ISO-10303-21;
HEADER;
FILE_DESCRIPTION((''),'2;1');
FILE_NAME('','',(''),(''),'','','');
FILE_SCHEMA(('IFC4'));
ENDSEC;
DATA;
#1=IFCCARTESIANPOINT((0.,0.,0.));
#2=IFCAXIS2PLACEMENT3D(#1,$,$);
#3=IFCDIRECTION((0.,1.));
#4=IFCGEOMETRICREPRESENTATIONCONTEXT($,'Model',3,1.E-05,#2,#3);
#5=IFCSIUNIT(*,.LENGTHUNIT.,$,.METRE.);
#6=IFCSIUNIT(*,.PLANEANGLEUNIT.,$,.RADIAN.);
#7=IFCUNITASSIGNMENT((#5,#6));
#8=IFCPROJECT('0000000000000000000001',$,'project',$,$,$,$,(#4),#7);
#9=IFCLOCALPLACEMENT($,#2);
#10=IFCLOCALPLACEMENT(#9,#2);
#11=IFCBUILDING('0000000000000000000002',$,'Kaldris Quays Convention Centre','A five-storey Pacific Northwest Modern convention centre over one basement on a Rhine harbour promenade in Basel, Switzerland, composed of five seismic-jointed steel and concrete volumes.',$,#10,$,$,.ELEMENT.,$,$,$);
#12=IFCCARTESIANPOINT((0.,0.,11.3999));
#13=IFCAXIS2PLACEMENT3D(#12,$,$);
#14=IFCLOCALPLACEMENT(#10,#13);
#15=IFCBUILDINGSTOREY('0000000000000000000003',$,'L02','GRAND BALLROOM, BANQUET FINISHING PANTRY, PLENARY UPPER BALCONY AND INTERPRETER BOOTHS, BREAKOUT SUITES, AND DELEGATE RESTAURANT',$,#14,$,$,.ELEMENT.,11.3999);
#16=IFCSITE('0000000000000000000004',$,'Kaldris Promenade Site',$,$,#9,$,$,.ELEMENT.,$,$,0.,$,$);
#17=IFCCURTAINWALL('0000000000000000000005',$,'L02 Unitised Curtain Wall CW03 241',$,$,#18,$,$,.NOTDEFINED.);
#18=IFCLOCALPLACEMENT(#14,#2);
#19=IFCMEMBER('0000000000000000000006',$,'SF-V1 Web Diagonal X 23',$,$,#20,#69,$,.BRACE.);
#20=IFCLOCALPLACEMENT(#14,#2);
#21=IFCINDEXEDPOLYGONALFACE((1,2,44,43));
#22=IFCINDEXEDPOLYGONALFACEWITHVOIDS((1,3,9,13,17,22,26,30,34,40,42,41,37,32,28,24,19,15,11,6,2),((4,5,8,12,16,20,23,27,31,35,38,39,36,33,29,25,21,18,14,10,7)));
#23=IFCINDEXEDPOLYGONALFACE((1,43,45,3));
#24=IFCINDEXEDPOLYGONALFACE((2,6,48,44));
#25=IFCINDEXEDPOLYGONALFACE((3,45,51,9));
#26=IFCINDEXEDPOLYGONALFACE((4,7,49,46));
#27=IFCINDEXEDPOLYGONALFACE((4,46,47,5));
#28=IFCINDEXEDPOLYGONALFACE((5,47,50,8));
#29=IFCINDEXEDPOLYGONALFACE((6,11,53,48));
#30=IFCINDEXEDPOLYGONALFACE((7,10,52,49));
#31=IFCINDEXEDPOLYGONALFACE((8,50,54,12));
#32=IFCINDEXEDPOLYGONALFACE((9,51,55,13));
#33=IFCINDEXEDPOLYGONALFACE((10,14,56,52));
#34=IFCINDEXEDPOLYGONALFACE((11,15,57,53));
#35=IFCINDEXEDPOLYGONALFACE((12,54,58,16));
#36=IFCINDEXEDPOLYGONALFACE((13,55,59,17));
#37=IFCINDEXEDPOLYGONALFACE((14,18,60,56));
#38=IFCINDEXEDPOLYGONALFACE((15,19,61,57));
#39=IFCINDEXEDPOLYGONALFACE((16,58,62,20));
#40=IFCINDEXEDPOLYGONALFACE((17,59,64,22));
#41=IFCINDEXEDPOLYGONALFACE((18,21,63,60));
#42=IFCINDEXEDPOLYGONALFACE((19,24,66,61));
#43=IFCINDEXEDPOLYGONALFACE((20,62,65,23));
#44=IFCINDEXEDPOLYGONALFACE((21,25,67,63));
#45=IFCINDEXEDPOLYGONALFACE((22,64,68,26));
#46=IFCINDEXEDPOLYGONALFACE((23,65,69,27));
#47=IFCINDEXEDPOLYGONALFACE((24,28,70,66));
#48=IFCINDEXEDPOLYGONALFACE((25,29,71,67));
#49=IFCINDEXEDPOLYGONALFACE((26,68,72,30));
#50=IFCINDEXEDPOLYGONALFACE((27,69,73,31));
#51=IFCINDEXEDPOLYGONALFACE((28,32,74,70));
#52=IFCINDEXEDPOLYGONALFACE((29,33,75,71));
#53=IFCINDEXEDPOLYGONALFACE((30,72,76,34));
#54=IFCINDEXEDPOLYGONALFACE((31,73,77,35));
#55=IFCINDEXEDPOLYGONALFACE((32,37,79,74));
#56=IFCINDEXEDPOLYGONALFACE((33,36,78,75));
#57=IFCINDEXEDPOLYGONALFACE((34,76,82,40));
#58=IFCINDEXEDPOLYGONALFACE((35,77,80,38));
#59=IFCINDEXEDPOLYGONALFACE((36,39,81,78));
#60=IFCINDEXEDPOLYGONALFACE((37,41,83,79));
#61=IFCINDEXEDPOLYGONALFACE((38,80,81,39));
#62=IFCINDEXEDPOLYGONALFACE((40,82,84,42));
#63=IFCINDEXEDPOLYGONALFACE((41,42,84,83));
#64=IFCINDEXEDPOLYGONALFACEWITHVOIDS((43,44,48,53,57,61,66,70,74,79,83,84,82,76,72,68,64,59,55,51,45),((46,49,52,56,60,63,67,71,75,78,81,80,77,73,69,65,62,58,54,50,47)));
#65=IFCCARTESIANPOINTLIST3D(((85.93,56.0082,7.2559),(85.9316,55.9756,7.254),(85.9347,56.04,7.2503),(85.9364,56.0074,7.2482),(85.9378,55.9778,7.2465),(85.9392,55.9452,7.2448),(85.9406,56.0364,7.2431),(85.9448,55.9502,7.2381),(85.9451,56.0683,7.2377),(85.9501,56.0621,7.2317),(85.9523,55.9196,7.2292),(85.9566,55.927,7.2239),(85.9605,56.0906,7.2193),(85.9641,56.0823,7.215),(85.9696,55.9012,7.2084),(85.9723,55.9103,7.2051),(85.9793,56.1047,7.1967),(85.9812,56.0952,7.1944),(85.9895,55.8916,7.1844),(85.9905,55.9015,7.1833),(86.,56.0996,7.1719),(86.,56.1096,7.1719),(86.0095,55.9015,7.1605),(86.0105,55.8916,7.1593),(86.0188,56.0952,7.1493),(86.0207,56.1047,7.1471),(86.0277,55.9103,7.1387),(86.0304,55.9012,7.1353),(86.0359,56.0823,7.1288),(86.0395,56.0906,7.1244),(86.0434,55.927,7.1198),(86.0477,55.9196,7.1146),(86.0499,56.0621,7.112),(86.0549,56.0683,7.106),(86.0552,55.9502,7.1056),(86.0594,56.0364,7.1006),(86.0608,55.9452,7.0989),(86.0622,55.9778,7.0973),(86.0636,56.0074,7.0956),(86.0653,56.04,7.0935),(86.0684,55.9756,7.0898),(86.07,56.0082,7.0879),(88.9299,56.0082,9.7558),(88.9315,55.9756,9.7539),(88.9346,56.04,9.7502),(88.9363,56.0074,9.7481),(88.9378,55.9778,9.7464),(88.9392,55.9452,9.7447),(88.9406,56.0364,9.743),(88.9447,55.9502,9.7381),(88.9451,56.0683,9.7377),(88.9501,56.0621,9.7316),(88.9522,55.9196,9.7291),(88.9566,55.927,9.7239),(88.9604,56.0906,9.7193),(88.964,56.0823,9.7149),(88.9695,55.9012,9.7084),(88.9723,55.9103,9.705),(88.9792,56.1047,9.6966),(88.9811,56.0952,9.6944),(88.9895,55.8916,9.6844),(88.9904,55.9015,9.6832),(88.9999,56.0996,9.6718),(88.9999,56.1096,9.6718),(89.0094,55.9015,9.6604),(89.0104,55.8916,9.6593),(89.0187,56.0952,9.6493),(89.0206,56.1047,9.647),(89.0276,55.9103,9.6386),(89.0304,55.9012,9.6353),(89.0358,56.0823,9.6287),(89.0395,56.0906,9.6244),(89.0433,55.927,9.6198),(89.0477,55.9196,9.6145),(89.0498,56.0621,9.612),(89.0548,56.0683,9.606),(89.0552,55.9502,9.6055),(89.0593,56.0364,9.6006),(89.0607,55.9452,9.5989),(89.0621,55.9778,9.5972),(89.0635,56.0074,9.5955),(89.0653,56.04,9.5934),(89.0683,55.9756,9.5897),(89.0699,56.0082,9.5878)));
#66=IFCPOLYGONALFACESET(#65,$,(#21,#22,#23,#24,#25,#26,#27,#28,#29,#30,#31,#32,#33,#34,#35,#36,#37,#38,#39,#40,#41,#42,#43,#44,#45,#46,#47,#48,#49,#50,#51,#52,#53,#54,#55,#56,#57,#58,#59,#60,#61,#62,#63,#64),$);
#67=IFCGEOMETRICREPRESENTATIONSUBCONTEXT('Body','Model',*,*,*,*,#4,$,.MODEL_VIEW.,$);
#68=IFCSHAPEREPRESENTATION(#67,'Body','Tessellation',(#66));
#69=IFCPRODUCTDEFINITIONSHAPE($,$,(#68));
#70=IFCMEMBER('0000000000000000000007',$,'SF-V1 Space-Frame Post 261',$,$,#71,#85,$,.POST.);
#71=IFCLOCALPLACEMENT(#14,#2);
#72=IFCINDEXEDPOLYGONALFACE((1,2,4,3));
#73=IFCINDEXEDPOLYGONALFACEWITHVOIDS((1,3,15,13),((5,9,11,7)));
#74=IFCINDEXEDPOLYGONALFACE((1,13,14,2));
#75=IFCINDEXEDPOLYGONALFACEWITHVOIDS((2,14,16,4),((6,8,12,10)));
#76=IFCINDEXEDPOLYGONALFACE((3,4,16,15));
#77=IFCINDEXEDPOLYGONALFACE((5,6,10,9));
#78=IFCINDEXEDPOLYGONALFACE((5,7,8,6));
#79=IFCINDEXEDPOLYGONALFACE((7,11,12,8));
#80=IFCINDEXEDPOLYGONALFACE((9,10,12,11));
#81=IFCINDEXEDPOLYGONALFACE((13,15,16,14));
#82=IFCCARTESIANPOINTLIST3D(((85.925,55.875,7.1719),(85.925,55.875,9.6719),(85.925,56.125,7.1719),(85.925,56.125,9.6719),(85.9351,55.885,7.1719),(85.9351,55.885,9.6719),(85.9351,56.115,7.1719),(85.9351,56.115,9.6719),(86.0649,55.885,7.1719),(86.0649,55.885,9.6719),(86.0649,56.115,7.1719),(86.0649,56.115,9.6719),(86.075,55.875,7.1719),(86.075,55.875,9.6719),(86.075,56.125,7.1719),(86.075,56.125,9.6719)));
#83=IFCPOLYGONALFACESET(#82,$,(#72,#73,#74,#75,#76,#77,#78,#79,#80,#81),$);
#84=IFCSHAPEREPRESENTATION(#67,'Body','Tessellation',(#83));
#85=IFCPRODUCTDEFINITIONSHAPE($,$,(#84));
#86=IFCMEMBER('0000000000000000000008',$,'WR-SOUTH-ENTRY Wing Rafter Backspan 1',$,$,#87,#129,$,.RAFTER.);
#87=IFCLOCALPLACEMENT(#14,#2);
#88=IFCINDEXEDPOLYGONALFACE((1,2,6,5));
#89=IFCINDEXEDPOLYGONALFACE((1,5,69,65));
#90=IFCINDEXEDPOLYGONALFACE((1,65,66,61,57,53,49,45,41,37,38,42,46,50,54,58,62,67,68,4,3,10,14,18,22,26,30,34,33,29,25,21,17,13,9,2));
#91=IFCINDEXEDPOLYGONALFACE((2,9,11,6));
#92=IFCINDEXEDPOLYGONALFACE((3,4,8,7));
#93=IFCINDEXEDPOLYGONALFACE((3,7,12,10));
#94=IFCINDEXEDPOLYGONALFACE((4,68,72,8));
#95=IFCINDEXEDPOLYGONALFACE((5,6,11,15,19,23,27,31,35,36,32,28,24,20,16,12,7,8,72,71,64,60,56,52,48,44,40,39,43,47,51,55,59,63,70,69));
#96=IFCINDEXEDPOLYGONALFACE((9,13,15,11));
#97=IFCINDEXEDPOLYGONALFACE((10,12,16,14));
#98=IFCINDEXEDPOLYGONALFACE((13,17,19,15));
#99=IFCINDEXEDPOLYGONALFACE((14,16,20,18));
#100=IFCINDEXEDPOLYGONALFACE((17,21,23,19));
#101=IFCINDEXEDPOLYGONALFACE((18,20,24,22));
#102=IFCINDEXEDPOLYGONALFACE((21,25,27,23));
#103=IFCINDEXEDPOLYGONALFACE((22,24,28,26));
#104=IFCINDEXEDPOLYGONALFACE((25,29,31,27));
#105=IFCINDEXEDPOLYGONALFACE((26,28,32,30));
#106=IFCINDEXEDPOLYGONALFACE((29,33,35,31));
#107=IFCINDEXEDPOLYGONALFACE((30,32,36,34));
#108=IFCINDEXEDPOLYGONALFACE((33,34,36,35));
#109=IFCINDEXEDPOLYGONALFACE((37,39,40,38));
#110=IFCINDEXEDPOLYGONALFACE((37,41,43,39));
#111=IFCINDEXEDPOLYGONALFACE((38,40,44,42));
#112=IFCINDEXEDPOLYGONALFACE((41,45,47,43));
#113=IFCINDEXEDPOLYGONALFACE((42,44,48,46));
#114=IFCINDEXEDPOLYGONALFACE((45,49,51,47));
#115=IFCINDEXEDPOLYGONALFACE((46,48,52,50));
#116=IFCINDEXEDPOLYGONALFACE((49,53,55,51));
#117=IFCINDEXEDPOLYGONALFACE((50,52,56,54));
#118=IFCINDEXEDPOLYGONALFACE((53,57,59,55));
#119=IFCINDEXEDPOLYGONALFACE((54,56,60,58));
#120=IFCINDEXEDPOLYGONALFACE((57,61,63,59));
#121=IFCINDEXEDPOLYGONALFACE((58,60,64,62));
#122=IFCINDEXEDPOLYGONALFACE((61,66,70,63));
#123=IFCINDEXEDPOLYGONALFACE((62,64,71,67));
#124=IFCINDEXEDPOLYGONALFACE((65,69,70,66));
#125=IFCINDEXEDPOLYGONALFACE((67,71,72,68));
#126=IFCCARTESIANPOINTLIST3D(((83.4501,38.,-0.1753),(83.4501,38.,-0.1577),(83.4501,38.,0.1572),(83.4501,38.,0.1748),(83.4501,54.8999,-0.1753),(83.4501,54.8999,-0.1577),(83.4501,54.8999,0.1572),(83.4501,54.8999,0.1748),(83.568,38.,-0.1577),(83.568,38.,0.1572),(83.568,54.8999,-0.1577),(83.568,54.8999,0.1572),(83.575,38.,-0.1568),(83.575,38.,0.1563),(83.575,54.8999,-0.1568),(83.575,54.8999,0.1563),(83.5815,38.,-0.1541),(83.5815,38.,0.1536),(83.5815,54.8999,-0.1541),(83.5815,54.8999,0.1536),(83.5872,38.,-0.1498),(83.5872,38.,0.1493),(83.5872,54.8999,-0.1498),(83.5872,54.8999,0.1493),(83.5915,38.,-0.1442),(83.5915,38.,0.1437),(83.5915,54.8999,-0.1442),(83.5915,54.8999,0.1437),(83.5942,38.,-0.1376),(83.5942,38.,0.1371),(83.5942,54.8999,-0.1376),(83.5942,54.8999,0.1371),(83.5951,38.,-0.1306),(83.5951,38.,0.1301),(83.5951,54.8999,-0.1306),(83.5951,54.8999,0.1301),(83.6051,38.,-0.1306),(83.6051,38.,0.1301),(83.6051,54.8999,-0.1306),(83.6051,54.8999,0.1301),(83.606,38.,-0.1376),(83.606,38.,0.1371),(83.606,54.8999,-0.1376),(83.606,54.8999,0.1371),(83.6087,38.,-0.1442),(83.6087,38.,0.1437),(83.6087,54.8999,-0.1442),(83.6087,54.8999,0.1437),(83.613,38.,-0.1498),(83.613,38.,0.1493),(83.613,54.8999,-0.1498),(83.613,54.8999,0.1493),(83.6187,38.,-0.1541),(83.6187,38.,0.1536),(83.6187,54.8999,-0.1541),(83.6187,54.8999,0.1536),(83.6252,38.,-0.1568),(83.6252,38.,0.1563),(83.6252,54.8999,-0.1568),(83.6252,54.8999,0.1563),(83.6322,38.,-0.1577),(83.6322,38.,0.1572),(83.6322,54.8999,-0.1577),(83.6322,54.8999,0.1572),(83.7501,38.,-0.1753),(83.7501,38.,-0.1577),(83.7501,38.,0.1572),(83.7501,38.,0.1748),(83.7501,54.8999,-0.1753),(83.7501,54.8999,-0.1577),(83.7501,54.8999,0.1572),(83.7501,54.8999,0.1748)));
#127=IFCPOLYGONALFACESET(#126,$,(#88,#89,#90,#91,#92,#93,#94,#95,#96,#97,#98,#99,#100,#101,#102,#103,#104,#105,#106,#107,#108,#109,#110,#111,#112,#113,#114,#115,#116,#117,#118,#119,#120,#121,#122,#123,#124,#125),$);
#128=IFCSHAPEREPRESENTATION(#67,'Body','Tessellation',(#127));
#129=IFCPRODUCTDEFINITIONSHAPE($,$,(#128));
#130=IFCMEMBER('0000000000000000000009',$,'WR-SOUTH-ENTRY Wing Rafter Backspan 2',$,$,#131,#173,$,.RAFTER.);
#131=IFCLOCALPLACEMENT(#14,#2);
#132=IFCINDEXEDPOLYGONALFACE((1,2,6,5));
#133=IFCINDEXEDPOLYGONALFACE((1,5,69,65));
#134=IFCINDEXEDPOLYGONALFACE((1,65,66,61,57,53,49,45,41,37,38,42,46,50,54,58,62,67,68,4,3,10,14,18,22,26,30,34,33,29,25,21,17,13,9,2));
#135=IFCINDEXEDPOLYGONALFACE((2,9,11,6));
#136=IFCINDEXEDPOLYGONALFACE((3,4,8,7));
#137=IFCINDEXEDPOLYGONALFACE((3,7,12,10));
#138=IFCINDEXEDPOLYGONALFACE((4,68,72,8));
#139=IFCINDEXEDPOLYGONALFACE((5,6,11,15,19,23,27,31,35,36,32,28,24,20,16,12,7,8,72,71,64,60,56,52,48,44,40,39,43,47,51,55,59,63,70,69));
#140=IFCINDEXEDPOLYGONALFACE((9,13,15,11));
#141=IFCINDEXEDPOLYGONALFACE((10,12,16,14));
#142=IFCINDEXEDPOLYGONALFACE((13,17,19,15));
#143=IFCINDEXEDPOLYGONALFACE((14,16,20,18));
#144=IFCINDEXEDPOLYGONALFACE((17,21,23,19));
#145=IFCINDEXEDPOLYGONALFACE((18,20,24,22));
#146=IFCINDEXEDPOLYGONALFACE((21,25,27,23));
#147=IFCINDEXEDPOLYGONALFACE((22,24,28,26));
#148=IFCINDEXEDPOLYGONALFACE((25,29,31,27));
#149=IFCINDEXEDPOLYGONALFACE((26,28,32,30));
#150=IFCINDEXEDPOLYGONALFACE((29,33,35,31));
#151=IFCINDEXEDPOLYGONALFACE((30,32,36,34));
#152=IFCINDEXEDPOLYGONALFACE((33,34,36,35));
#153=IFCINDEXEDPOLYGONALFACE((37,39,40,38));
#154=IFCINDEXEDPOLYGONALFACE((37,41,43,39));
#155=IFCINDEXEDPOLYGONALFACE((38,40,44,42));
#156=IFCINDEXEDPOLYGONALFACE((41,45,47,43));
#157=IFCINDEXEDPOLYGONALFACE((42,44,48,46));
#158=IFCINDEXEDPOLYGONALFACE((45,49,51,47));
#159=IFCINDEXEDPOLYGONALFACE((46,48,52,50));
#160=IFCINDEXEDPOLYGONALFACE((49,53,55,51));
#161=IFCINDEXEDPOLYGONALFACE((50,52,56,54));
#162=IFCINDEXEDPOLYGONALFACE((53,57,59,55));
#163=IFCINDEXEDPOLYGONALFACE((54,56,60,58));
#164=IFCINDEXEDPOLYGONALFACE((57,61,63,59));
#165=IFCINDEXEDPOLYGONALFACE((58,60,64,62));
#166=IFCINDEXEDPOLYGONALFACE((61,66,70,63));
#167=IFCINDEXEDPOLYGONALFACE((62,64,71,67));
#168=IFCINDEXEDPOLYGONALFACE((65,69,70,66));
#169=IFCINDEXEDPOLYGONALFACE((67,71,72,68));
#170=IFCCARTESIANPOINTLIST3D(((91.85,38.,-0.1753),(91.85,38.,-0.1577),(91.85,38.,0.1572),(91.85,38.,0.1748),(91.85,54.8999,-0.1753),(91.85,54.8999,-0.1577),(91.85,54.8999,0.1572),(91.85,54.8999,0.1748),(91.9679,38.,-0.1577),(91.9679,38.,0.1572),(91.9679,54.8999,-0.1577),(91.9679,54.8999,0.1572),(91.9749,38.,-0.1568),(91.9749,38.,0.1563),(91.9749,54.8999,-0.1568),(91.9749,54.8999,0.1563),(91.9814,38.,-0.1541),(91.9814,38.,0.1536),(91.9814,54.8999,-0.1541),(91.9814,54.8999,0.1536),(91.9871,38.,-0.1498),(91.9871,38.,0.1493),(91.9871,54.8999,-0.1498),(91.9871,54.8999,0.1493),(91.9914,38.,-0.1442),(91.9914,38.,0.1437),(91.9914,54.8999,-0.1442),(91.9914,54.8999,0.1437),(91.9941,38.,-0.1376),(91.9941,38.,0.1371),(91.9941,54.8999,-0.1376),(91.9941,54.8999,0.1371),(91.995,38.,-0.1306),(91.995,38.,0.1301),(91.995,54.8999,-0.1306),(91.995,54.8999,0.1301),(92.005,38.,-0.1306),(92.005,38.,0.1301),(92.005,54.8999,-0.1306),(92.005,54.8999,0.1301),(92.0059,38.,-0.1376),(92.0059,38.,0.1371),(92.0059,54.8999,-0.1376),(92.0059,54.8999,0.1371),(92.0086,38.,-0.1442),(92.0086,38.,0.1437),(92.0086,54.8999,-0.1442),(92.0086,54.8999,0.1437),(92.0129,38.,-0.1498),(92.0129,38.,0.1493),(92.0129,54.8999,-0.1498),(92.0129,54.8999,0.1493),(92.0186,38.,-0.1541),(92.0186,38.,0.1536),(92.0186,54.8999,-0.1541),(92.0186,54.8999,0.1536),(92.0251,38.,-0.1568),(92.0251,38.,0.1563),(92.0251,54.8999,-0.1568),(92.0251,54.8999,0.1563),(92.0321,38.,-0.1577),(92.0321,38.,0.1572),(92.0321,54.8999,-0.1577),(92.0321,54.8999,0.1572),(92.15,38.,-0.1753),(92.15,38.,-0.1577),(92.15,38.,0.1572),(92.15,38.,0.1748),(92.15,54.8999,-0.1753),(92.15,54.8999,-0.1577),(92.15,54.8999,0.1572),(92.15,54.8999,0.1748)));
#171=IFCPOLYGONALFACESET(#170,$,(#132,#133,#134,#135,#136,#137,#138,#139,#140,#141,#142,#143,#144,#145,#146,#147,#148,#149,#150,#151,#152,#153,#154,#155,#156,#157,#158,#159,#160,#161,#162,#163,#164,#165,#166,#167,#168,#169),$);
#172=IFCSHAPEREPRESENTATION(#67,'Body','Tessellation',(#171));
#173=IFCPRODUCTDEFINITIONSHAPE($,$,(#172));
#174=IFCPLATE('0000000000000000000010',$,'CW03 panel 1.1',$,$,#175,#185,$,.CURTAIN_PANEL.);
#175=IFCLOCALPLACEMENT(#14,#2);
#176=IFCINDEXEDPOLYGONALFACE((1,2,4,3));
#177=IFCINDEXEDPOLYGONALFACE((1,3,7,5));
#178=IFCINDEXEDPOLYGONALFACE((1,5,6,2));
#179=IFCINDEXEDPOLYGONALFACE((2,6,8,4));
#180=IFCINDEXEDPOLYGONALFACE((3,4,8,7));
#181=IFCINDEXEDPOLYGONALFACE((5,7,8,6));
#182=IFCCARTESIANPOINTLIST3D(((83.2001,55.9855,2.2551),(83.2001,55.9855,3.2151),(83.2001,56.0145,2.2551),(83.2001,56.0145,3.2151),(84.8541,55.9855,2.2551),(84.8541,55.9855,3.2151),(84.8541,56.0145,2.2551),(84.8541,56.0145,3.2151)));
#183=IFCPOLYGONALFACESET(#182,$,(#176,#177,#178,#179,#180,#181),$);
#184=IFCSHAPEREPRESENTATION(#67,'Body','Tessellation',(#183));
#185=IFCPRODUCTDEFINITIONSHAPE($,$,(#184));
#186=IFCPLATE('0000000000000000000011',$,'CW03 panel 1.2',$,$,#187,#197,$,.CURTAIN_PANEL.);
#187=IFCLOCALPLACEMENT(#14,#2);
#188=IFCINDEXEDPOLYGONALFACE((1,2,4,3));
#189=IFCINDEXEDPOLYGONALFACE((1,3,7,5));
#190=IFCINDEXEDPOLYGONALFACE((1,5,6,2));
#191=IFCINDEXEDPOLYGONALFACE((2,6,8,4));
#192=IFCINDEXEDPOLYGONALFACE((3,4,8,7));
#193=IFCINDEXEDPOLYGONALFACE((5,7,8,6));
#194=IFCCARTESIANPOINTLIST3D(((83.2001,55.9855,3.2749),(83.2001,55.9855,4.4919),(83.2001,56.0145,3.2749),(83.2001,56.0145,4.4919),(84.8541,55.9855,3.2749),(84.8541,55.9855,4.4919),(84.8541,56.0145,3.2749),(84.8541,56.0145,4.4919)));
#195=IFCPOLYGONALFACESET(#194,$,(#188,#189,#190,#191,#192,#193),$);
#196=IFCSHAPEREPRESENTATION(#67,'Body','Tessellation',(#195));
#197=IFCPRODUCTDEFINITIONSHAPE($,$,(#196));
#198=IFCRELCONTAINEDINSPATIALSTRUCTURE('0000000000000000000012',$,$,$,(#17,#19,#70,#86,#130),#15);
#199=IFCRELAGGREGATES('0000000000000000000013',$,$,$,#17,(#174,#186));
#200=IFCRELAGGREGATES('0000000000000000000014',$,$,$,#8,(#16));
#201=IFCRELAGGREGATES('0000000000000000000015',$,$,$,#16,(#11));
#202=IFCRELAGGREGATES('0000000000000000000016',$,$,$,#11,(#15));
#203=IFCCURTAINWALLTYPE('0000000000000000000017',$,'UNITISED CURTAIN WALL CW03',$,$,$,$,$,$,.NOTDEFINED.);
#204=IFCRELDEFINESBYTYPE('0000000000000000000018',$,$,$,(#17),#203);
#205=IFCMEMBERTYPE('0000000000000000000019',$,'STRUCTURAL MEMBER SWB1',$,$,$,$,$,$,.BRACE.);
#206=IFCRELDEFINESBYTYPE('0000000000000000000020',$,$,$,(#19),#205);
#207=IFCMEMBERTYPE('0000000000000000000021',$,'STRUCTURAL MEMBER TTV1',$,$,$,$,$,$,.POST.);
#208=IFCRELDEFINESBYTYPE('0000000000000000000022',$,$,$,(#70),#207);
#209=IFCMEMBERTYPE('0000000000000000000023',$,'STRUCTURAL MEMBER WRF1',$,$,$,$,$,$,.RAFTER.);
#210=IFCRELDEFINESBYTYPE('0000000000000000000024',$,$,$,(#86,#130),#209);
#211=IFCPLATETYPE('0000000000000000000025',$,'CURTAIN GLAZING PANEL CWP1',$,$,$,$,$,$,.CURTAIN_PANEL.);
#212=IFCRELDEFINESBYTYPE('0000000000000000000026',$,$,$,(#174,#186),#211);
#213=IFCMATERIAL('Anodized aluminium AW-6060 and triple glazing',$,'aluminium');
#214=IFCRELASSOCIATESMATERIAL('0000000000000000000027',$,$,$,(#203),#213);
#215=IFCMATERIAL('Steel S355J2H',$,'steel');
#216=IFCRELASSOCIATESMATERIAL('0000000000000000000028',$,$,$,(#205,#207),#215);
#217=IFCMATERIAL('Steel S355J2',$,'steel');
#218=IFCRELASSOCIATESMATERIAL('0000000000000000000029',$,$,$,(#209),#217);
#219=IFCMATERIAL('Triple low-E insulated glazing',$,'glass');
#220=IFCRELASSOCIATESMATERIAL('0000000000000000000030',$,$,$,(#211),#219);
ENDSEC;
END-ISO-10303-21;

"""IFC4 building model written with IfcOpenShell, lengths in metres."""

from ifc_helpers import new_model, si_unit, direction, frame, origin, origin_2d, place, context, subcontext, project, spatial, rectangle, hollow_rectangle, hollow_circle, i_section, extrude, material, material_profile, profile_set, type_object, element, aggregate, save


model = new_model("IFC4")

# Units and contexts
model_context = context("Model", 3, precision=1e-05, world=origin(), true_north=direction((0.0, 1.0)))
body_context = subcontext(model_context, "Body", "Model", "MODEL_VIEW")
ifc_project = project(units=[si_unit("LENGTHUNIT", "METRE"), si_unit("PLANEANGLEUNIT", "RADIAN")], contexts=[model_context])

# Site, building, storey
site_placement = place(None, origin())
site = spatial("IfcSite", under=ifc_project, at=site_placement, Name="Kaldris Promenade Site", CompositionType="ELEMENT", RefElevation=0.0)
building_placement = place(site_placement, origin())
building = spatial("IfcBuilding", under=site, at=building_placement, Name="Kaldris Quays Convention Centre", Description="A five-storey Pacific Northwest Modern convention centre over one basement on a Rhine harbour promenade in Basel, Switzerland, composed of five seismic-jointed steel and concrete volumes.", CompositionType="ELEMENT")
storey_placement = place(building_placement, frame((0.0, 0.0, 11.3999)))
storey = spatial("IfcBuildingStorey", under=building, at=storey_placement, Name="L02", Description="GRAND BALLROOM, BANQUET FINISHING PANTRY, PLENARY UPPER BALCONY AND INTERPRETER BOOTHS, BREAKOUT SUITES, AND DELEGATE RESTAURANT", CompositionType="ELEMENT", Elevation=11.3999)

# Shared definitions
ifc_material_1 = material(Name="Steel S355J2", Category="steel")

# Curtain wall
ifc_material_2 = material(Name="Anodized aluminium AW-6060 and triple glazing", Category="aluminium")
curtain_wall_type = type_object("IfcCurtainWallType", Name="UNITISED CURTAIN WALL CW03", PredefinedType="NOTDEFINED", material=ifc_material_2)
curtain_wall_placement = place(storey_placement, origin())
curtain_wall = element("IfcCurtainWall", 1, at=curtain_wall_placement, inside=storey, type_object=curtain_wall_type, Name="L02 Unitised Curtain Wall CW03 241", PredefinedType="NOTDEFINED")

# Members
ifc_material_3 = material(Name="Steel S355J2H", Category="steel")
ifc_material_profile_1 = material_profile(ifc_material_3, hollow_circle(Radius=0.1096, WallThickness=0.01, at=origin_2d()), Name="CHS 219.1x10")
ifc_profile_set_1 = profile_set([ifc_material_profile_1], Name="Steel S355J2H")
member_type_1 = type_object("IfcMemberType", Name="STRUCTURAL MEMBER SWB1", PredefinedType="BRACE", material=ifc_profile_set_1)
for number, where, z_axis, x_axis, name in (
    (2, (86.0, 56.0, 7.1719), (0.768221, 0.0, 0.640184), (0.0, 1.0, 0.0), "SF-V1 Web Diagonal X 23"),
):
    element("IfcMember", number, at=place(storey_placement, frame(where, z_axis=z_axis, x_axis=x_axis)), inside=storey, type_object=member_type_1, Name=name, PredefinedType="BRACE", context=body_context, shape_type="SweptSolid", body=[
        extrude(hollow_circle(Radius=0.1096, WallThickness=0.01, at=origin_2d()), origin(), (0.0, 0.0, 1.0), 3.905),
    ])
ifc_material_profile_2 = material_profile(ifc_material_3, hollow_rectangle(XDim=0.1499, YDim=0.25, WallThickness=0.01, at=origin_2d()), Name="RHS 250x150x10")
ifc_profile_set_2 = profile_set([ifc_material_profile_2], Name="Steel S355J2H")
member_type_2 = type_object("IfcMemberType", Name="STRUCTURAL MEMBER TTV1", PredefinedType="POST", material=ifc_profile_set_2)
member_1_placement = place(storey_placement, frame((86.0, 56.0, 7.1719), z_axis=(0.0, 0.0, 1.0), x_axis=(1.0, 0.0, 0.0)))
element("IfcMember", 3, at=member_1_placement, inside=storey, type_object=member_type_2, Name="SF-V1 Space-Frame Post 261", PredefinedType="POST", context=body_context, shape_type="SweptSolid", body=[
    extrude(hollow_rectangle(XDim=0.1499, YDim=0.25, WallThickness=0.01, at=origin_2d()), origin(), (0.0, 0.0, 1.0), 2.5),
])
ifc_material_profile_3 = material_profile(ifc_material_1, i_section(OverallWidth=0.3, OverallDepth=0.3501, WebThickness=0.01, FlangeThickness=0.0176, FilletRadius=0.0271, at=origin_2d()), Name="HEA 360")
ifc_profile_set_3 = profile_set([ifc_material_profile_3], Name="Steel S355J2")
member_type_3 = type_object("IfcMemberType", Name="STRUCTURAL MEMBER WRF1", PredefinedType="RAFTER", material=ifc_profile_set_3)
for number, where, z_axis, x_axis, name in (
    (4, (83.6001, 54.8999, -0.0002), (0.0, -1.0, 0.0), (1.0, 0.0, 0.0), "WR-SOUTH-ENTRY Wing Rafter Backspan 1"),
    (5, (92.0, 54.8999, -0.0002), (0.0, -1.0, 0.0), (1.0, 0.0, 0.0), "WR-SOUTH-ENTRY Wing Rafter Backspan 2"),
):
    element("IfcMember", number, at=place(storey_placement, frame(where, z_axis=z_axis, x_axis=x_axis)), inside=storey, type_object=member_type_3, Name=name, PredefinedType="RAFTER", context=body_context, shape_type="SweptSolid", body=[
        extrude(i_section(OverallWidth=0.3, OverallDepth=0.3501, WebThickness=0.01, FlangeThickness=0.0176, FilletRadius=0.0271, at=origin_2d()), origin(), (0.0, 0.0, 1.0), 16.8999),
    ])

# Plates
ifc_material_4 = material(Name="Triple low-E insulated glazing", Category="glass")
plate_type = type_object("IfcPlateType", Name="CURTAIN GLAZING PANEL CWP1", PredefinedType="CURTAIN_PANEL", material=ifc_material_4)
plate_1_placement = place(storey_placement, frame((84.0271, 56.0, 2.2551), z_axis=(0.0, 0.0, 1.0), x_axis=(1.0, 0.0, 0.0)))
plate_1 = element("IfcPlate", 6, at=plate_1_placement, type_object=plate_type, Name="CW03 panel 1.1", PredefinedType="CURTAIN_PANEL", context=body_context, shape_type="SweptSolid", body=[
    extrude(rectangle(XDim=1.6541, YDim=0.0291, at=origin_2d()), origin(), (0.0, 0.0, 1.0), 0.96),
])
plate_2_placement = place(storey_placement, frame((84.0271, 56.0, 3.2749), z_axis=(0.0, 0.0, 1.0), x_axis=(1.0, 0.0, 0.0)))
plate_2 = element("IfcPlate", 7, at=plate_2_placement, type_object=plate_type, Name="CW03 panel 1.2", PredefinedType="CURTAIN_PANEL", context=body_context, shape_type="SweptSolid", body=[
    extrude(rectangle(XDim=1.6541, YDim=0.0291, at=origin_2d()), origin(), (0.0, 0.0, 1.0), 1.217),
])
aggregate(curtain_wall, [plate_1, plate_2])

save(model, "model.ifc")
